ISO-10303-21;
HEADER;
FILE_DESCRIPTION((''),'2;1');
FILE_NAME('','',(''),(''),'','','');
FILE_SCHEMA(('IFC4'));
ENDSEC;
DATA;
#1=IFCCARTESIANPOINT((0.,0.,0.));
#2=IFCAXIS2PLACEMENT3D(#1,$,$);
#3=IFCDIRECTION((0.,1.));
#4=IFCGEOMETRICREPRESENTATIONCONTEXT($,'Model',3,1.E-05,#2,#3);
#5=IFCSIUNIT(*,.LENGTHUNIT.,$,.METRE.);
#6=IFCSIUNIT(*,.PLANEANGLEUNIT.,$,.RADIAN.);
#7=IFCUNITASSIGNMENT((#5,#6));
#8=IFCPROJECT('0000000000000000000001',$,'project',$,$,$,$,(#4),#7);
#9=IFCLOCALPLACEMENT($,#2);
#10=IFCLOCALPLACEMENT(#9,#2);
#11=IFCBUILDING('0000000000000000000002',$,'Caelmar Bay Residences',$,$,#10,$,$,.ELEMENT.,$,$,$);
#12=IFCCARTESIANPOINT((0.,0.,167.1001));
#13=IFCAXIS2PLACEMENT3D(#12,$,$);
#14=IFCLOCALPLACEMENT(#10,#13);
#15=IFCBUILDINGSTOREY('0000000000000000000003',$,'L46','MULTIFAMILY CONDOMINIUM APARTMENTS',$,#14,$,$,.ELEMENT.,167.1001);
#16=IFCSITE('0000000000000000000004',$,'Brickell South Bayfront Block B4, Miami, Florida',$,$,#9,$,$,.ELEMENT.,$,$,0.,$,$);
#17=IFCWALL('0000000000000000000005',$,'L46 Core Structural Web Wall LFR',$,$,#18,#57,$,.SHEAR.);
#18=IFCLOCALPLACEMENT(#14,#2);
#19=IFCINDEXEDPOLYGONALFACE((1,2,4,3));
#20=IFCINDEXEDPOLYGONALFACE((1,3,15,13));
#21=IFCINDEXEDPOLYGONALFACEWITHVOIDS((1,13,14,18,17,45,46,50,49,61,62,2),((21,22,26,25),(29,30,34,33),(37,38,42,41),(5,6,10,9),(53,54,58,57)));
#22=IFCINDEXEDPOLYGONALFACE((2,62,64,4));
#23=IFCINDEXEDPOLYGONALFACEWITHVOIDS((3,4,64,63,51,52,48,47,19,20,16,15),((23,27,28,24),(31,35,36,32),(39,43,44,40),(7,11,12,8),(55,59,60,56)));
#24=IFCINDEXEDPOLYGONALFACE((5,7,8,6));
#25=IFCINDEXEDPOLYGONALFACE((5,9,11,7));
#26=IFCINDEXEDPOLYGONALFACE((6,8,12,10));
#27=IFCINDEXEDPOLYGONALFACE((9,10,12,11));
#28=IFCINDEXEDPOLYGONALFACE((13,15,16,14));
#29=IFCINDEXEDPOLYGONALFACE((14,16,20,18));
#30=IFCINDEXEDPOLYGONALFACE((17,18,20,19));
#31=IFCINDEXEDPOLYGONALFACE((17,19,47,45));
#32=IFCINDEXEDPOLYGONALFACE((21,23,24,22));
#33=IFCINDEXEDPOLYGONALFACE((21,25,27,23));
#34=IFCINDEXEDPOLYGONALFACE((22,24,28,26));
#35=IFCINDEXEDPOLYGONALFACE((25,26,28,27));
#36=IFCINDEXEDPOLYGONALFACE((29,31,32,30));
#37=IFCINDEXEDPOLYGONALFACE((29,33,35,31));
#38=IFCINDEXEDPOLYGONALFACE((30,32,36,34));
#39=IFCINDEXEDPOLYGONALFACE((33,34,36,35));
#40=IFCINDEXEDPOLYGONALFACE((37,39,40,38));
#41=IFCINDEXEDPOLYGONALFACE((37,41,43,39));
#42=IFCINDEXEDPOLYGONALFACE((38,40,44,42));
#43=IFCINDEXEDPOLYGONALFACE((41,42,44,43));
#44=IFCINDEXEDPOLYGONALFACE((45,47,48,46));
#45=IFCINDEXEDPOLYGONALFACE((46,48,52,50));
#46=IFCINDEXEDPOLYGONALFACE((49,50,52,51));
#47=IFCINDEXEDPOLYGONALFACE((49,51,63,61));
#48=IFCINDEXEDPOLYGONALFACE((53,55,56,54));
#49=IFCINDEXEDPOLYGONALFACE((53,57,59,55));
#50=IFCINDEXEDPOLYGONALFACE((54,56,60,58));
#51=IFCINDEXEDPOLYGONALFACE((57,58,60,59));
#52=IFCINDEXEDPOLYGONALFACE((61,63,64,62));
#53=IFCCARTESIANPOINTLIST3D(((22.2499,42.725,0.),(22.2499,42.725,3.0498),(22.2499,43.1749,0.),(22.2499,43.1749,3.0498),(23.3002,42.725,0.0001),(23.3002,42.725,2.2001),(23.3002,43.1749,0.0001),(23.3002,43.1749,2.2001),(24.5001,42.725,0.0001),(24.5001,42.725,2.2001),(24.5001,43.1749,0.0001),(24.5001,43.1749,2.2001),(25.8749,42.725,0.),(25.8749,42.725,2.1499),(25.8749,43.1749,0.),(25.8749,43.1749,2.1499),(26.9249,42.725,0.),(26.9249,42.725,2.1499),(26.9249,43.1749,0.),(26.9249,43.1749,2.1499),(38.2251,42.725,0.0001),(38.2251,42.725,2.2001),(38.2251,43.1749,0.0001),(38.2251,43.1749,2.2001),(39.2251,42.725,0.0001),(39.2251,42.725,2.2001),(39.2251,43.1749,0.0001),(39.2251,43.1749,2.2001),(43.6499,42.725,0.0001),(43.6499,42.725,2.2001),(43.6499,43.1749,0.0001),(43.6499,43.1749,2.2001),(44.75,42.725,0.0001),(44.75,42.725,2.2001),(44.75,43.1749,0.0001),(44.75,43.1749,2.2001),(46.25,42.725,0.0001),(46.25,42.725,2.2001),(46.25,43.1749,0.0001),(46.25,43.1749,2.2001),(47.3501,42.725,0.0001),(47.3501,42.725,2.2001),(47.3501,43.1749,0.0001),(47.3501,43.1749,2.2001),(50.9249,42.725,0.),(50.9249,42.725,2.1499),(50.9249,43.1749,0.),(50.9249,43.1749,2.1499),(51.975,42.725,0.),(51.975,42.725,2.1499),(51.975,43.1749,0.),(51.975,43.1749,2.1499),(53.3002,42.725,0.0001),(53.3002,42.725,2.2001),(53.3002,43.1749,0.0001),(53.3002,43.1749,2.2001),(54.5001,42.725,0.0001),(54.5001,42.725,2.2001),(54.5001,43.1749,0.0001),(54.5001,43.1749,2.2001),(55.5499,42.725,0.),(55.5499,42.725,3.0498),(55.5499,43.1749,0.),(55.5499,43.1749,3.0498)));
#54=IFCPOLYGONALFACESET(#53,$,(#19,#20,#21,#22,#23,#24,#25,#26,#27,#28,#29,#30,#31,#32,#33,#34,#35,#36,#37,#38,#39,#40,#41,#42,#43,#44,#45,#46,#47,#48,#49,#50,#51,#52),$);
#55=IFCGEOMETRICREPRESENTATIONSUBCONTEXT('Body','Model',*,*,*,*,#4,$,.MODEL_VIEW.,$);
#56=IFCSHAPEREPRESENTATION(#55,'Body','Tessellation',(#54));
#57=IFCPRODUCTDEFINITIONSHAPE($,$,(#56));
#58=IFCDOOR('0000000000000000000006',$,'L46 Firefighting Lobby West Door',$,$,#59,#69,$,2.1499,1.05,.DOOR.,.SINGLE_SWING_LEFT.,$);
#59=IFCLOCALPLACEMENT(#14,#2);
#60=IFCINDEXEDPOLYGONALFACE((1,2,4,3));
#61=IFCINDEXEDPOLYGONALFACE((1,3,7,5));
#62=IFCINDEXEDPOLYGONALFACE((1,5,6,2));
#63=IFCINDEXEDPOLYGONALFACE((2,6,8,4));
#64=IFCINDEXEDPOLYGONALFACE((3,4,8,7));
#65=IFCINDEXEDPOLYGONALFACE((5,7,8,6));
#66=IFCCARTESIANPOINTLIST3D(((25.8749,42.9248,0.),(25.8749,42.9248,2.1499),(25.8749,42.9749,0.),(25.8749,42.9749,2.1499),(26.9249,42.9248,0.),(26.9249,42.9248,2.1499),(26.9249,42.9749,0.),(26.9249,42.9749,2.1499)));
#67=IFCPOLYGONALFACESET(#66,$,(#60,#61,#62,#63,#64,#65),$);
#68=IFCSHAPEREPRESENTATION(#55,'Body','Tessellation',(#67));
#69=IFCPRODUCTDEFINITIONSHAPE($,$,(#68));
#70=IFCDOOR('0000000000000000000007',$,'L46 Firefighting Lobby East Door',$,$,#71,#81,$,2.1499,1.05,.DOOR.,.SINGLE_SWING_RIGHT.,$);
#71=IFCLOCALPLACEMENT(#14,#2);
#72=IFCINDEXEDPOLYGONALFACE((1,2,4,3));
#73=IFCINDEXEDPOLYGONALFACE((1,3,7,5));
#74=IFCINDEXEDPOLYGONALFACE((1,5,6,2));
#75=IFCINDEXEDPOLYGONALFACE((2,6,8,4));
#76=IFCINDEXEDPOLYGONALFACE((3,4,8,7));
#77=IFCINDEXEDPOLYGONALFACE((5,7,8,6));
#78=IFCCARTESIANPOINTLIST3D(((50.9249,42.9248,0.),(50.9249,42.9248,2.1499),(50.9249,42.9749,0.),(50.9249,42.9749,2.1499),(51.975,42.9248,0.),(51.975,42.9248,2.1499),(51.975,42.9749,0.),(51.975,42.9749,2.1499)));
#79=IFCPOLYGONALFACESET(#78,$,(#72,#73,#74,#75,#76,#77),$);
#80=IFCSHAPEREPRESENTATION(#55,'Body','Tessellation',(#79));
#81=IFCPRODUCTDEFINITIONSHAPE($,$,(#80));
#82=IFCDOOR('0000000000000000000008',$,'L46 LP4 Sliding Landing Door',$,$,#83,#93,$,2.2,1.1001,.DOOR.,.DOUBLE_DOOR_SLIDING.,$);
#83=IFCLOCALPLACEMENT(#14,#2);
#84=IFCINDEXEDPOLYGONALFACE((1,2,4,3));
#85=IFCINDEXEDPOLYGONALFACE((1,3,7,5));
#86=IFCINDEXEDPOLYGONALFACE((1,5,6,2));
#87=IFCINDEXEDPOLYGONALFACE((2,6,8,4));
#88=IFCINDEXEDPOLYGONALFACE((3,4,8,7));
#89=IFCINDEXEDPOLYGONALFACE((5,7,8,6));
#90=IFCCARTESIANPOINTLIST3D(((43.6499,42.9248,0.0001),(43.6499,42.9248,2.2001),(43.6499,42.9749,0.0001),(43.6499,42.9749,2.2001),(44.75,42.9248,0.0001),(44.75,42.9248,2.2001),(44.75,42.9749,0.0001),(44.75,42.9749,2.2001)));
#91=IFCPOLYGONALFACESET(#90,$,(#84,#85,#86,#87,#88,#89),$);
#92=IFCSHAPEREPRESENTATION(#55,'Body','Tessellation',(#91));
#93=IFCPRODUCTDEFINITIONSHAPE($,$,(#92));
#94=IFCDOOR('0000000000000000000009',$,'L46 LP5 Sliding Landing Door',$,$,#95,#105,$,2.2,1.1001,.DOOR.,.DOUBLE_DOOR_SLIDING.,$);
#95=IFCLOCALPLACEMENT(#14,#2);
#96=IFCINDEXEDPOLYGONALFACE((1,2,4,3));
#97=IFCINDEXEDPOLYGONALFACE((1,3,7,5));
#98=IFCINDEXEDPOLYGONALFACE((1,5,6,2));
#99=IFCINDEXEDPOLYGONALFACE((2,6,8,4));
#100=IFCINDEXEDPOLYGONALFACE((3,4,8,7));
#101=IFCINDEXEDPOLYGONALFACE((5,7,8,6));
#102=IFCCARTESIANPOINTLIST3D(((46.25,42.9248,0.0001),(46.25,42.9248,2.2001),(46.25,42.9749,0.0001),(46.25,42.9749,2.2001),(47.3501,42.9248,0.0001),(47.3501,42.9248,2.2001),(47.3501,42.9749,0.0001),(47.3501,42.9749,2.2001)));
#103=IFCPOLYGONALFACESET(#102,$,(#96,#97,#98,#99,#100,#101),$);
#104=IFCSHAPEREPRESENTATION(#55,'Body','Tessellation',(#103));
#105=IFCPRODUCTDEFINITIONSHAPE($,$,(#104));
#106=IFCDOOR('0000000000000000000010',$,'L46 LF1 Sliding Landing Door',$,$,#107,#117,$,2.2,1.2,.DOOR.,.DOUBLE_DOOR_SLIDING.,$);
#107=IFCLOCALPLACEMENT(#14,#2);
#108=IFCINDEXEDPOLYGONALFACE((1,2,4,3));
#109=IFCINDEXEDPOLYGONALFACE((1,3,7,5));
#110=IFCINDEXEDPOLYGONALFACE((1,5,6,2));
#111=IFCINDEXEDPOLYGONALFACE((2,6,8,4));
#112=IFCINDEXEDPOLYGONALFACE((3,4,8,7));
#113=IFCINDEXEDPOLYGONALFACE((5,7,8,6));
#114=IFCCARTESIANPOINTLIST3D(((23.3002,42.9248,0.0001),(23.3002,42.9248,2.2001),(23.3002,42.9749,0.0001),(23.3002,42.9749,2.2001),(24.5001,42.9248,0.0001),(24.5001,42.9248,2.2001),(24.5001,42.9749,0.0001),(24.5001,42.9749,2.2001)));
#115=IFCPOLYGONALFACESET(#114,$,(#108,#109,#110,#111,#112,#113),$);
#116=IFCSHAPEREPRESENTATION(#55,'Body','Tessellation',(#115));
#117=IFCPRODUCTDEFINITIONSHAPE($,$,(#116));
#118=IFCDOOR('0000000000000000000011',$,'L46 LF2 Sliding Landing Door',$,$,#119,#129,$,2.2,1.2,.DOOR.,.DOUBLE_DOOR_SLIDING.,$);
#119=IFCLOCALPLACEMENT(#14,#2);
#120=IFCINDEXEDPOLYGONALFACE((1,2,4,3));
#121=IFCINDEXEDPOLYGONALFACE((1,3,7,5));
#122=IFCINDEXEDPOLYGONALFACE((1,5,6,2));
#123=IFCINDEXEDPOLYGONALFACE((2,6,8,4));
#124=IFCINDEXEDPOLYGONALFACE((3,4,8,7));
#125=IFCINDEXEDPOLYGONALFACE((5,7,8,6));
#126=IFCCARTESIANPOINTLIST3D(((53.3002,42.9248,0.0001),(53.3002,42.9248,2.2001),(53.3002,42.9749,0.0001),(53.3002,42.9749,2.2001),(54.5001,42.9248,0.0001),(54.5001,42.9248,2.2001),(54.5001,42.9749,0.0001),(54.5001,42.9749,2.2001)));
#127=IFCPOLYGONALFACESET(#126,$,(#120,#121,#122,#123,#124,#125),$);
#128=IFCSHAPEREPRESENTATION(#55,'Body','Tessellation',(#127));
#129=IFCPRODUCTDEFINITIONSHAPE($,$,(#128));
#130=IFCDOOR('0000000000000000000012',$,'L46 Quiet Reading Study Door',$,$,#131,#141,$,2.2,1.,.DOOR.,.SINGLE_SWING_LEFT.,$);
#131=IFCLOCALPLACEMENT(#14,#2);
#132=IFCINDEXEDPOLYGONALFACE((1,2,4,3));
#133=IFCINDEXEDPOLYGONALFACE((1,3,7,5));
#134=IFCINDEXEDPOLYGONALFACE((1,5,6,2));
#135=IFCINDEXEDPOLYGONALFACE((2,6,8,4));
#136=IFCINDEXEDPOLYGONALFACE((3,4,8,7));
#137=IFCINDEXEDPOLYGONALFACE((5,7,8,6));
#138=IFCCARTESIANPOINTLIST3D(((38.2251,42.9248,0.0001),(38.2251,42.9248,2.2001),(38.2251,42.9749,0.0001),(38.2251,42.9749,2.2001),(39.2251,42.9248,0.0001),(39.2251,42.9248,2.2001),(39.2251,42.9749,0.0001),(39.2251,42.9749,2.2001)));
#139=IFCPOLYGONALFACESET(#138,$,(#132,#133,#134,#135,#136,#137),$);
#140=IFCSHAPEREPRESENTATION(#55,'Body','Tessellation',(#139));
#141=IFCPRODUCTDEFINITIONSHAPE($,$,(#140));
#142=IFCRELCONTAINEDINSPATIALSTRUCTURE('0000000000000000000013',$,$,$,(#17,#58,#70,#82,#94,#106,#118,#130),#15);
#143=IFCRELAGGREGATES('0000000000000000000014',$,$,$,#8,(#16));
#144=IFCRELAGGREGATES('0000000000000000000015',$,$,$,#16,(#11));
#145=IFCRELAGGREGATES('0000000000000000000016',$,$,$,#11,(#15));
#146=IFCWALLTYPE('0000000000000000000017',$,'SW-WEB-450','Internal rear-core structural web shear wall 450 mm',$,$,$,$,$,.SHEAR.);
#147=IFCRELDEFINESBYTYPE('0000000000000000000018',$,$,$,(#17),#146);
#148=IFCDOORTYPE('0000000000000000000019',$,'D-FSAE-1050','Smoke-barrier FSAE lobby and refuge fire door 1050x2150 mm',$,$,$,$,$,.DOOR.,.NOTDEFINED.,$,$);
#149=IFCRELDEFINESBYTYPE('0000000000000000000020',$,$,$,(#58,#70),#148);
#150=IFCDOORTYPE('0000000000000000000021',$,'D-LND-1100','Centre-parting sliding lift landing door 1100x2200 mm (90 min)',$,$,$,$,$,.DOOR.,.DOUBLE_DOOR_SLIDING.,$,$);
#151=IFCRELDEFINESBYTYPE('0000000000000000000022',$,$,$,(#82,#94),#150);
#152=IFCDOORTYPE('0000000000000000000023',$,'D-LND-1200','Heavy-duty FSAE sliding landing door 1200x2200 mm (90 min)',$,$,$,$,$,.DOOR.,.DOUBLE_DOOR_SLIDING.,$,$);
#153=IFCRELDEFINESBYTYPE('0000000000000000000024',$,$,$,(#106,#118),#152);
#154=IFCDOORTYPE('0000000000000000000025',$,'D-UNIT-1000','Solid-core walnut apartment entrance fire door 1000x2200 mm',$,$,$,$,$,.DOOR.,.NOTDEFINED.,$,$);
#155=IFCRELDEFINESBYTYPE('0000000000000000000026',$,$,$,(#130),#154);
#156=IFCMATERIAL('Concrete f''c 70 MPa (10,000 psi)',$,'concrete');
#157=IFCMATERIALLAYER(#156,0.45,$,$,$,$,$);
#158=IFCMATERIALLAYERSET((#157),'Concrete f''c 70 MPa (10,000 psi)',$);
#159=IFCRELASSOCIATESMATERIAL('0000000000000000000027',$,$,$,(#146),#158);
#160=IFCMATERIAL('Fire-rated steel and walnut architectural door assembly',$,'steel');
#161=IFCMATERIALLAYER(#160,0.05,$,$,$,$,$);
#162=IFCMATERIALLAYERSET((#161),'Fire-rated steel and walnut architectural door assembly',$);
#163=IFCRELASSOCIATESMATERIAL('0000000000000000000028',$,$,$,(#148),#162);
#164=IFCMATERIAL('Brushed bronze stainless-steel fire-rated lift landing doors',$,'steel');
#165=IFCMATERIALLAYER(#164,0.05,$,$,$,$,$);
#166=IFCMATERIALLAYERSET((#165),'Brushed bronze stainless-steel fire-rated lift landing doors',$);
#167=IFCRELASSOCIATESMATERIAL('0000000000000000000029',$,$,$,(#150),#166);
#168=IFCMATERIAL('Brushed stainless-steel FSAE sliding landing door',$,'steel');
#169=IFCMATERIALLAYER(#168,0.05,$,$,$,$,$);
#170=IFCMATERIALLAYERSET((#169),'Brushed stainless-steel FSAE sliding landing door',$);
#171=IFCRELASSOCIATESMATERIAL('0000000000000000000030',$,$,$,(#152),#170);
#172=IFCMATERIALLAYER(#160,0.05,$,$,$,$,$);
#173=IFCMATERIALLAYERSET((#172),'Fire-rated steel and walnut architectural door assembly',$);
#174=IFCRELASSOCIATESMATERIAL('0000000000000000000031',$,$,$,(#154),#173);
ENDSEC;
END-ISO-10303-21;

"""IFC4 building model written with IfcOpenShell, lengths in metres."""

from ifc_helpers import new_model, si_unit, direction, frame, frame_2d, origin, place, context, subcontext, project, spatial, rectangle, extrude, material, layer, layer_set, type_object, element, fill, save


model = new_model("IFC4")

# Units and contexts
model_context = context("Model", 3, precision=1e-05, world=origin(), true_north=direction((0.0, 1.0)))
body_context = subcontext(model_context, "Body", "Model", "MODEL_VIEW")
ifc_project = project(units=[si_unit("LENGTHUNIT", "METRE"), si_unit("PLANEANGLEUNIT", "RADIAN")], contexts=[model_context])

# Site, building, storey
site_placement = place(None, origin())
site = spatial("IfcSite", under=ifc_project, at=site_placement, Name="Brickell South Bayfront Block B4, Miami, Florida", CompositionType="ELEMENT", RefElevation=0.0)
building_placement = place(site_placement, origin())
building = spatial("IfcBuilding", under=site, at=building_placement, Name="Caelmar Bay Residences", CompositionType="ELEMENT")
storey_placement = place(building_placement, frame((0.0, 0.0, 167.1001)))
storey = spatial("IfcBuildingStorey", under=building, at=storey_placement, Name="L46", Description="MULTIFAMILY CONDOMINIUM APARTMENTS", CompositionType="ELEMENT", Elevation=167.1001)

# Wall, openings, doors
ifc_material_1 = material(Name="Concrete f'c 70 MPa (10,000 psi)", Category="concrete")
ifc_layer_1 = layer(ifc_material_1, 0.45)
ifc_layer_set_1 = layer_set([ifc_layer_1], Name="Concrete f'c 70 MPa (10,000 psi)")
wall_type_1 = type_object("IfcWallType", Name="SW-WEB-450", Description="Internal rear-core structural web shear wall 450 mm", PredefinedType="SHEAR", material=ifc_layer_set_1)
wall_1_placement = place(storey_placement, frame((22.25, 42.95, 0.0), z_axis=(0.0, 0.0, 1.0), x_axis=(1.0, 0.0, 0.0)))
wall_1 = element("IfcWall", 1, at=wall_1_placement, inside=storey, type_object=wall_type_1, Name="L46 Core Structural Web Wall LFR", PredefinedType="SHEAR", context=body_context, shape_type="SweptSolid", body=[
    extrude(rectangle(XDim=33.3, YDim=0.45, at=frame_2d((16.6499, 0.0))), origin(), (0.0, 0.0, 1.0), 3.0498),
])
opening_1_placement = place(wall_1_placement, frame((1.05, 0.0, 0.0)))
opening_1 = element("IfcOpeningElement", 2, at=opening_1_placement, cuts=wall_1, PredefinedType="OPENING", context=body_context, shape_type="SweptSolid", body=[
    extrude(rectangle(XDim=1.2, YDim=2.2, at=frame_2d((0.6001, 1.1001))), frame((0.0, 0.2349, 0.0), z_axis=(0.0, -1.0, 0.0), x_axis=(1.0, 0.0, 0.0)), (0.0, 0.0, 1.0), 0.47),
])
opening_2_placement = place(wall_1_placement, frame((31.05, 0.0, 0.0)))
opening_2 = element("IfcOpeningElement", 3, at=opening_2_placement, cuts=wall_1, PredefinedType="OPENING", context=body_context, shape_type="SweptSolid", body=[
    extrude(rectangle(XDim=1.2, YDim=2.2, at=frame_2d((0.6001, 1.1001))), frame((0.0, 0.2349, 0.0), z_axis=(0.0, -1.0, 0.0), x_axis=(1.0, 0.0, 0.0)), (0.0, 0.0, 1.0), 0.47),
])
opening_3_placement = place(wall_1_placement, frame((21.3999, 0.0, 0.0)))
opening_3 = element("IfcOpeningElement", 4, at=opening_3_placement, cuts=wall_1, PredefinedType="OPENING", context=body_context, shape_type="SweptSolid", body=[
    extrude(rectangle(XDim=1.1001, YDim=2.2, at=frame_2d((0.55, 1.1001))), frame((0.0, 0.2349, 0.0), z_axis=(0.0, -1.0, 0.0), x_axis=(1.0, 0.0, 0.0)), (0.0, 0.0, 1.0), 0.47),
])
opening_4_placement = place(wall_1_placement, frame((24.0, 0.0, 0.0)))
opening_4 = element("IfcOpeningElement", 5, at=opening_4_placement, cuts=wall_1, PredefinedType="OPENING", context=body_context, shape_type="SweptSolid", body=[
    extrude(rectangle(XDim=1.1001, YDim=2.2, at=frame_2d((0.55, 1.1001))), frame((0.0, 0.2349, 0.0), z_axis=(0.0, -1.0, 0.0), x_axis=(1.0, 0.0, 0.0)), (0.0, 0.0, 1.0), 0.47),
])
opening_5_placement = place(wall_1_placement, frame((3.625, 0.0, 0.0)))
opening_5 = element("IfcOpeningElement", 6, at=opening_5_placement, cuts=wall_1, PredefinedType="OPENING", context=body_context, shape_type="SweptSolid", body=[
    extrude(rectangle(XDim=1.05, YDim=2.1499, at=frame_2d((0.5249, 1.075))), frame((0.0, 0.2349, 0.0), z_axis=(0.0, -1.0, 0.0), x_axis=(1.0, 0.0, 0.0)), (0.0, 0.0, 1.0), 0.47),
])
opening_6_placement = place(wall_1_placement, frame((28.675, 0.0, 0.0)))
opening_6 = element("IfcOpeningElement", 7, at=opening_6_placement, cuts=wall_1, PredefinedType="OPENING", context=body_context, shape_type="SweptSolid", body=[
    extrude(rectangle(XDim=1.05, YDim=2.1499, at=frame_2d((0.5249, 1.075))), frame((0.0, 0.2349, 0.0), z_axis=(0.0, -1.0, 0.0), x_axis=(1.0, 0.0, 0.0)), (0.0, 0.0, 1.0), 0.47),
])
opening_7_placement = place(wall_1_placement, frame((15.9751, 0.0, 0.0)))
opening_7 = element("IfcOpeningElement", 8, at=opening_7_placement, cuts=wall_1, PredefinedType="OPENING", context=body_context, shape_type="SweptSolid", body=[
    extrude(rectangle(XDim=1.0, YDim=2.2, at=frame_2d((0.5, 1.1001))), frame((0.0, 0.2349, 0.0), z_axis=(0.0, -1.0, 0.0), x_axis=(1.0, 0.0, 0.0)), (0.0, 0.0, 1.0), 0.47),
])
ifc_material_2 = material(Name="Fire-rated steel and walnut architectural door assembly", Category="steel")
ifc_layer_2 = layer(ifc_material_2, 0.05)
ifc_layer_set_2 = layer_set([ifc_layer_2], Name="Fire-rated steel and walnut architectural door assembly")
door_type_1 = type_object("IfcDoorType", Name="D-FSAE-1050", Description="Smoke-barrier FSAE lobby and refuge fire door 1050x2150 mm", OperationType="NOTDEFINED", PredefinedType="DOOR", material=ifc_layer_set_2)
door_1_placement = place(opening_5_placement, origin())
door_1 = element("IfcDoor", 9, at=door_1_placement, inside=storey, type_object=door_type_1, Name="L46 Firefighting Lobby West Door", OperationType="SINGLE_SWING_LEFT", OverallHeight=2.1499, OverallWidth=1.05, PredefinedType="DOOR", context=body_context, shape_type="SweptSolid", body=[
    extrude(rectangle(XDim=1.05, YDim=2.1499, at=frame_2d((0.5249, 1.075))), frame((0.0, 0.0249, 0.0), z_axis=(0.0, -1.0, 0.0), x_axis=(1.0, 0.0, 0.0)), (0.0, 0.0, 1.0), 0.05),
])
fill(opening_5, door_1)
door_2_placement = place(opening_6_placement, origin())
door_2 = element("IfcDoor", 10, at=door_2_placement, inside=storey, type_object=door_type_1, Name="L46 Firefighting Lobby East Door", OperationType="SINGLE_SWING_RIGHT", OverallHeight=2.1499, OverallWidth=1.05, PredefinedType="DOOR", context=body_context, shape_type="SweptSolid", body=[
    extrude(rectangle(XDim=1.05, YDim=2.1499, at=frame_2d((0.5249, 1.075))), frame((0.0, 0.0249, 0.0), z_axis=(0.0, -1.0, 0.0), x_axis=(1.0, 0.0, 0.0)), (0.0, 0.0, 1.0), 0.05),
])
fill(opening_6, door_2)
ifc_material_3 = material(Name="Brushed bronze stainless-steel fire-rated lift landing doors", Category="steel")
ifc_layer_3 = layer(ifc_material_3, 0.05)
ifc_layer_set_3 = layer_set([ifc_layer_3], Name="Brushed bronze stainless-steel fire-rated lift landing doors")
door_type_2 = type_object("IfcDoorType", Name="D-LND-1100", Description="Centre-parting sliding lift landing door 1100x2200 mm (90 min)", OperationType="DOUBLE_DOOR_SLIDING", PredefinedType="DOOR", material=ifc_layer_set_3)
door_3_placement = place(opening_3_placement, origin())
door_3 = element("IfcDoor", 11, at=door_3_placement, inside=storey, type_object=door_type_2, Name="L46 LP4 Sliding Landing Door", OperationType="DOUBLE_DOOR_SLIDING", OverallHeight=2.2, OverallWidth=1.1001, PredefinedType="DOOR", context=body_context, shape_type="SweptSolid", body=[
    extrude(rectangle(XDim=1.1001, YDim=2.2, at=frame_2d((0.55, 1.1001))), frame((0.0, 0.0249, 0.0), z_axis=(0.0, -1.0, 0.0), x_axis=(1.0, 0.0, 0.0)), (0.0, 0.0, 1.0), 0.05),
])
fill(opening_3, door_3)
door_4_placement = place(opening_4_placement, origin())
door_4 = element("IfcDoor", 12, at=door_4_placement, inside=storey, type_object=door_type_2, Name="L46 LP5 Sliding Landing Door", OperationType="DOUBLE_DOOR_SLIDING", OverallHeight=2.2, OverallWidth=1.1001, PredefinedType="DOOR", context=body_context, shape_type="SweptSolid", body=[
    extrude(rectangle(XDim=1.1001, YDim=2.2, at=frame_2d((0.55, 1.1001))), frame((0.0, 0.0249, 0.0), z_axis=(0.0, -1.0, 0.0), x_axis=(1.0, 0.0, 0.0)), (0.0, 0.0, 1.0), 0.05),
])
fill(opening_4, door_4)
ifc_material_4 = material(Name="Brushed stainless-steel FSAE sliding landing door", Category="steel")
ifc_layer_4 = layer(ifc_material_4, 0.05)
ifc_layer_set_4 = layer_set([ifc_layer_4], Name="Brushed stainless-steel FSAE sliding landing door")
door_type_3 = type_object("IfcDoorType", Name="D-LND-1200", Description="Heavy-duty FSAE sliding landing door 1200x2200 mm (90 min)", OperationType="DOUBLE_DOOR_SLIDING", PredefinedType="DOOR", material=ifc_layer_set_4)
door_5_placement = place(opening_1_placement, origin())
door_5 = element("IfcDoor", 13, at=door_5_placement, inside=storey, type_object=door_type_3, Name="L46 LF1 Sliding Landing Door", OperationType="DOUBLE_DOOR_SLIDING", OverallHeight=2.2, OverallWidth=1.2, PredefinedType="DOOR", context=body_context, shape_type="SweptSolid", body=[
    extrude(rectangle(XDim=1.2, YDim=2.2, at=frame_2d((0.6001, 1.1001))), frame((0.0, 0.0249, 0.0), z_axis=(0.0, -1.0, 0.0), x_axis=(1.0, 0.0, 0.0)), (0.0, 0.0, 1.0), 0.05),
])
fill(opening_1, door_5)
door_6_placement = place(opening_2_placement, origin())
door_6 = element("IfcDoor", 14, at=door_6_placement, inside=storey, type_object=door_type_3, Name="L46 LF2 Sliding Landing Door", OperationType="DOUBLE_DOOR_SLIDING", OverallHeight=2.2, OverallWidth=1.2, PredefinedType="DOOR", context=body_context, shape_type="SweptSolid", body=[
    extrude(rectangle(XDim=1.2, YDim=2.2, at=frame_2d((0.6001, 1.1001))), frame((0.0, 0.0249, 0.0), z_axis=(0.0, -1.0, 0.0), x_axis=(1.0, 0.0, 0.0)), (0.0, 0.0, 1.0), 0.05),
])
fill(opening_2, door_6)
ifc_layer_5 = layer(ifc_material_2, 0.05)
ifc_layer_set_5 = layer_set([ifc_layer_5], Name="Fire-rated steel and walnut architectural door assembly")
door_type_4 = type_object("IfcDoorType", Name="D-UNIT-1000", Description="Solid-core walnut apartment entrance fire door 1000x2200 mm", OperationType="NOTDEFINED", PredefinedType="DOOR", material=ifc_layer_set_5)
door_7_placement = place(opening_7_placement, origin())
door_7 = element("IfcDoor", 15, at=door_7_placement, inside=storey, type_object=door_type_4, Name="L46 Quiet Reading Study Door", OperationType="SINGLE_SWING_LEFT", OverallHeight=2.2, OverallWidth=1.0, PredefinedType="DOOR", context=body_context, shape_type="SweptSolid", body=[
    extrude(rectangle(XDim=1.0, YDim=2.2, at=frame_2d((0.5, 1.1001))), frame((0.0, 0.0249, 0.0), z_axis=(0.0, -1.0, 0.0), x_axis=(1.0, 0.0, 0.0)), (0.0, 0.0, 1.0), 0.05),
])
fill(opening_7, door_7)

save(model, "model.ifc")
